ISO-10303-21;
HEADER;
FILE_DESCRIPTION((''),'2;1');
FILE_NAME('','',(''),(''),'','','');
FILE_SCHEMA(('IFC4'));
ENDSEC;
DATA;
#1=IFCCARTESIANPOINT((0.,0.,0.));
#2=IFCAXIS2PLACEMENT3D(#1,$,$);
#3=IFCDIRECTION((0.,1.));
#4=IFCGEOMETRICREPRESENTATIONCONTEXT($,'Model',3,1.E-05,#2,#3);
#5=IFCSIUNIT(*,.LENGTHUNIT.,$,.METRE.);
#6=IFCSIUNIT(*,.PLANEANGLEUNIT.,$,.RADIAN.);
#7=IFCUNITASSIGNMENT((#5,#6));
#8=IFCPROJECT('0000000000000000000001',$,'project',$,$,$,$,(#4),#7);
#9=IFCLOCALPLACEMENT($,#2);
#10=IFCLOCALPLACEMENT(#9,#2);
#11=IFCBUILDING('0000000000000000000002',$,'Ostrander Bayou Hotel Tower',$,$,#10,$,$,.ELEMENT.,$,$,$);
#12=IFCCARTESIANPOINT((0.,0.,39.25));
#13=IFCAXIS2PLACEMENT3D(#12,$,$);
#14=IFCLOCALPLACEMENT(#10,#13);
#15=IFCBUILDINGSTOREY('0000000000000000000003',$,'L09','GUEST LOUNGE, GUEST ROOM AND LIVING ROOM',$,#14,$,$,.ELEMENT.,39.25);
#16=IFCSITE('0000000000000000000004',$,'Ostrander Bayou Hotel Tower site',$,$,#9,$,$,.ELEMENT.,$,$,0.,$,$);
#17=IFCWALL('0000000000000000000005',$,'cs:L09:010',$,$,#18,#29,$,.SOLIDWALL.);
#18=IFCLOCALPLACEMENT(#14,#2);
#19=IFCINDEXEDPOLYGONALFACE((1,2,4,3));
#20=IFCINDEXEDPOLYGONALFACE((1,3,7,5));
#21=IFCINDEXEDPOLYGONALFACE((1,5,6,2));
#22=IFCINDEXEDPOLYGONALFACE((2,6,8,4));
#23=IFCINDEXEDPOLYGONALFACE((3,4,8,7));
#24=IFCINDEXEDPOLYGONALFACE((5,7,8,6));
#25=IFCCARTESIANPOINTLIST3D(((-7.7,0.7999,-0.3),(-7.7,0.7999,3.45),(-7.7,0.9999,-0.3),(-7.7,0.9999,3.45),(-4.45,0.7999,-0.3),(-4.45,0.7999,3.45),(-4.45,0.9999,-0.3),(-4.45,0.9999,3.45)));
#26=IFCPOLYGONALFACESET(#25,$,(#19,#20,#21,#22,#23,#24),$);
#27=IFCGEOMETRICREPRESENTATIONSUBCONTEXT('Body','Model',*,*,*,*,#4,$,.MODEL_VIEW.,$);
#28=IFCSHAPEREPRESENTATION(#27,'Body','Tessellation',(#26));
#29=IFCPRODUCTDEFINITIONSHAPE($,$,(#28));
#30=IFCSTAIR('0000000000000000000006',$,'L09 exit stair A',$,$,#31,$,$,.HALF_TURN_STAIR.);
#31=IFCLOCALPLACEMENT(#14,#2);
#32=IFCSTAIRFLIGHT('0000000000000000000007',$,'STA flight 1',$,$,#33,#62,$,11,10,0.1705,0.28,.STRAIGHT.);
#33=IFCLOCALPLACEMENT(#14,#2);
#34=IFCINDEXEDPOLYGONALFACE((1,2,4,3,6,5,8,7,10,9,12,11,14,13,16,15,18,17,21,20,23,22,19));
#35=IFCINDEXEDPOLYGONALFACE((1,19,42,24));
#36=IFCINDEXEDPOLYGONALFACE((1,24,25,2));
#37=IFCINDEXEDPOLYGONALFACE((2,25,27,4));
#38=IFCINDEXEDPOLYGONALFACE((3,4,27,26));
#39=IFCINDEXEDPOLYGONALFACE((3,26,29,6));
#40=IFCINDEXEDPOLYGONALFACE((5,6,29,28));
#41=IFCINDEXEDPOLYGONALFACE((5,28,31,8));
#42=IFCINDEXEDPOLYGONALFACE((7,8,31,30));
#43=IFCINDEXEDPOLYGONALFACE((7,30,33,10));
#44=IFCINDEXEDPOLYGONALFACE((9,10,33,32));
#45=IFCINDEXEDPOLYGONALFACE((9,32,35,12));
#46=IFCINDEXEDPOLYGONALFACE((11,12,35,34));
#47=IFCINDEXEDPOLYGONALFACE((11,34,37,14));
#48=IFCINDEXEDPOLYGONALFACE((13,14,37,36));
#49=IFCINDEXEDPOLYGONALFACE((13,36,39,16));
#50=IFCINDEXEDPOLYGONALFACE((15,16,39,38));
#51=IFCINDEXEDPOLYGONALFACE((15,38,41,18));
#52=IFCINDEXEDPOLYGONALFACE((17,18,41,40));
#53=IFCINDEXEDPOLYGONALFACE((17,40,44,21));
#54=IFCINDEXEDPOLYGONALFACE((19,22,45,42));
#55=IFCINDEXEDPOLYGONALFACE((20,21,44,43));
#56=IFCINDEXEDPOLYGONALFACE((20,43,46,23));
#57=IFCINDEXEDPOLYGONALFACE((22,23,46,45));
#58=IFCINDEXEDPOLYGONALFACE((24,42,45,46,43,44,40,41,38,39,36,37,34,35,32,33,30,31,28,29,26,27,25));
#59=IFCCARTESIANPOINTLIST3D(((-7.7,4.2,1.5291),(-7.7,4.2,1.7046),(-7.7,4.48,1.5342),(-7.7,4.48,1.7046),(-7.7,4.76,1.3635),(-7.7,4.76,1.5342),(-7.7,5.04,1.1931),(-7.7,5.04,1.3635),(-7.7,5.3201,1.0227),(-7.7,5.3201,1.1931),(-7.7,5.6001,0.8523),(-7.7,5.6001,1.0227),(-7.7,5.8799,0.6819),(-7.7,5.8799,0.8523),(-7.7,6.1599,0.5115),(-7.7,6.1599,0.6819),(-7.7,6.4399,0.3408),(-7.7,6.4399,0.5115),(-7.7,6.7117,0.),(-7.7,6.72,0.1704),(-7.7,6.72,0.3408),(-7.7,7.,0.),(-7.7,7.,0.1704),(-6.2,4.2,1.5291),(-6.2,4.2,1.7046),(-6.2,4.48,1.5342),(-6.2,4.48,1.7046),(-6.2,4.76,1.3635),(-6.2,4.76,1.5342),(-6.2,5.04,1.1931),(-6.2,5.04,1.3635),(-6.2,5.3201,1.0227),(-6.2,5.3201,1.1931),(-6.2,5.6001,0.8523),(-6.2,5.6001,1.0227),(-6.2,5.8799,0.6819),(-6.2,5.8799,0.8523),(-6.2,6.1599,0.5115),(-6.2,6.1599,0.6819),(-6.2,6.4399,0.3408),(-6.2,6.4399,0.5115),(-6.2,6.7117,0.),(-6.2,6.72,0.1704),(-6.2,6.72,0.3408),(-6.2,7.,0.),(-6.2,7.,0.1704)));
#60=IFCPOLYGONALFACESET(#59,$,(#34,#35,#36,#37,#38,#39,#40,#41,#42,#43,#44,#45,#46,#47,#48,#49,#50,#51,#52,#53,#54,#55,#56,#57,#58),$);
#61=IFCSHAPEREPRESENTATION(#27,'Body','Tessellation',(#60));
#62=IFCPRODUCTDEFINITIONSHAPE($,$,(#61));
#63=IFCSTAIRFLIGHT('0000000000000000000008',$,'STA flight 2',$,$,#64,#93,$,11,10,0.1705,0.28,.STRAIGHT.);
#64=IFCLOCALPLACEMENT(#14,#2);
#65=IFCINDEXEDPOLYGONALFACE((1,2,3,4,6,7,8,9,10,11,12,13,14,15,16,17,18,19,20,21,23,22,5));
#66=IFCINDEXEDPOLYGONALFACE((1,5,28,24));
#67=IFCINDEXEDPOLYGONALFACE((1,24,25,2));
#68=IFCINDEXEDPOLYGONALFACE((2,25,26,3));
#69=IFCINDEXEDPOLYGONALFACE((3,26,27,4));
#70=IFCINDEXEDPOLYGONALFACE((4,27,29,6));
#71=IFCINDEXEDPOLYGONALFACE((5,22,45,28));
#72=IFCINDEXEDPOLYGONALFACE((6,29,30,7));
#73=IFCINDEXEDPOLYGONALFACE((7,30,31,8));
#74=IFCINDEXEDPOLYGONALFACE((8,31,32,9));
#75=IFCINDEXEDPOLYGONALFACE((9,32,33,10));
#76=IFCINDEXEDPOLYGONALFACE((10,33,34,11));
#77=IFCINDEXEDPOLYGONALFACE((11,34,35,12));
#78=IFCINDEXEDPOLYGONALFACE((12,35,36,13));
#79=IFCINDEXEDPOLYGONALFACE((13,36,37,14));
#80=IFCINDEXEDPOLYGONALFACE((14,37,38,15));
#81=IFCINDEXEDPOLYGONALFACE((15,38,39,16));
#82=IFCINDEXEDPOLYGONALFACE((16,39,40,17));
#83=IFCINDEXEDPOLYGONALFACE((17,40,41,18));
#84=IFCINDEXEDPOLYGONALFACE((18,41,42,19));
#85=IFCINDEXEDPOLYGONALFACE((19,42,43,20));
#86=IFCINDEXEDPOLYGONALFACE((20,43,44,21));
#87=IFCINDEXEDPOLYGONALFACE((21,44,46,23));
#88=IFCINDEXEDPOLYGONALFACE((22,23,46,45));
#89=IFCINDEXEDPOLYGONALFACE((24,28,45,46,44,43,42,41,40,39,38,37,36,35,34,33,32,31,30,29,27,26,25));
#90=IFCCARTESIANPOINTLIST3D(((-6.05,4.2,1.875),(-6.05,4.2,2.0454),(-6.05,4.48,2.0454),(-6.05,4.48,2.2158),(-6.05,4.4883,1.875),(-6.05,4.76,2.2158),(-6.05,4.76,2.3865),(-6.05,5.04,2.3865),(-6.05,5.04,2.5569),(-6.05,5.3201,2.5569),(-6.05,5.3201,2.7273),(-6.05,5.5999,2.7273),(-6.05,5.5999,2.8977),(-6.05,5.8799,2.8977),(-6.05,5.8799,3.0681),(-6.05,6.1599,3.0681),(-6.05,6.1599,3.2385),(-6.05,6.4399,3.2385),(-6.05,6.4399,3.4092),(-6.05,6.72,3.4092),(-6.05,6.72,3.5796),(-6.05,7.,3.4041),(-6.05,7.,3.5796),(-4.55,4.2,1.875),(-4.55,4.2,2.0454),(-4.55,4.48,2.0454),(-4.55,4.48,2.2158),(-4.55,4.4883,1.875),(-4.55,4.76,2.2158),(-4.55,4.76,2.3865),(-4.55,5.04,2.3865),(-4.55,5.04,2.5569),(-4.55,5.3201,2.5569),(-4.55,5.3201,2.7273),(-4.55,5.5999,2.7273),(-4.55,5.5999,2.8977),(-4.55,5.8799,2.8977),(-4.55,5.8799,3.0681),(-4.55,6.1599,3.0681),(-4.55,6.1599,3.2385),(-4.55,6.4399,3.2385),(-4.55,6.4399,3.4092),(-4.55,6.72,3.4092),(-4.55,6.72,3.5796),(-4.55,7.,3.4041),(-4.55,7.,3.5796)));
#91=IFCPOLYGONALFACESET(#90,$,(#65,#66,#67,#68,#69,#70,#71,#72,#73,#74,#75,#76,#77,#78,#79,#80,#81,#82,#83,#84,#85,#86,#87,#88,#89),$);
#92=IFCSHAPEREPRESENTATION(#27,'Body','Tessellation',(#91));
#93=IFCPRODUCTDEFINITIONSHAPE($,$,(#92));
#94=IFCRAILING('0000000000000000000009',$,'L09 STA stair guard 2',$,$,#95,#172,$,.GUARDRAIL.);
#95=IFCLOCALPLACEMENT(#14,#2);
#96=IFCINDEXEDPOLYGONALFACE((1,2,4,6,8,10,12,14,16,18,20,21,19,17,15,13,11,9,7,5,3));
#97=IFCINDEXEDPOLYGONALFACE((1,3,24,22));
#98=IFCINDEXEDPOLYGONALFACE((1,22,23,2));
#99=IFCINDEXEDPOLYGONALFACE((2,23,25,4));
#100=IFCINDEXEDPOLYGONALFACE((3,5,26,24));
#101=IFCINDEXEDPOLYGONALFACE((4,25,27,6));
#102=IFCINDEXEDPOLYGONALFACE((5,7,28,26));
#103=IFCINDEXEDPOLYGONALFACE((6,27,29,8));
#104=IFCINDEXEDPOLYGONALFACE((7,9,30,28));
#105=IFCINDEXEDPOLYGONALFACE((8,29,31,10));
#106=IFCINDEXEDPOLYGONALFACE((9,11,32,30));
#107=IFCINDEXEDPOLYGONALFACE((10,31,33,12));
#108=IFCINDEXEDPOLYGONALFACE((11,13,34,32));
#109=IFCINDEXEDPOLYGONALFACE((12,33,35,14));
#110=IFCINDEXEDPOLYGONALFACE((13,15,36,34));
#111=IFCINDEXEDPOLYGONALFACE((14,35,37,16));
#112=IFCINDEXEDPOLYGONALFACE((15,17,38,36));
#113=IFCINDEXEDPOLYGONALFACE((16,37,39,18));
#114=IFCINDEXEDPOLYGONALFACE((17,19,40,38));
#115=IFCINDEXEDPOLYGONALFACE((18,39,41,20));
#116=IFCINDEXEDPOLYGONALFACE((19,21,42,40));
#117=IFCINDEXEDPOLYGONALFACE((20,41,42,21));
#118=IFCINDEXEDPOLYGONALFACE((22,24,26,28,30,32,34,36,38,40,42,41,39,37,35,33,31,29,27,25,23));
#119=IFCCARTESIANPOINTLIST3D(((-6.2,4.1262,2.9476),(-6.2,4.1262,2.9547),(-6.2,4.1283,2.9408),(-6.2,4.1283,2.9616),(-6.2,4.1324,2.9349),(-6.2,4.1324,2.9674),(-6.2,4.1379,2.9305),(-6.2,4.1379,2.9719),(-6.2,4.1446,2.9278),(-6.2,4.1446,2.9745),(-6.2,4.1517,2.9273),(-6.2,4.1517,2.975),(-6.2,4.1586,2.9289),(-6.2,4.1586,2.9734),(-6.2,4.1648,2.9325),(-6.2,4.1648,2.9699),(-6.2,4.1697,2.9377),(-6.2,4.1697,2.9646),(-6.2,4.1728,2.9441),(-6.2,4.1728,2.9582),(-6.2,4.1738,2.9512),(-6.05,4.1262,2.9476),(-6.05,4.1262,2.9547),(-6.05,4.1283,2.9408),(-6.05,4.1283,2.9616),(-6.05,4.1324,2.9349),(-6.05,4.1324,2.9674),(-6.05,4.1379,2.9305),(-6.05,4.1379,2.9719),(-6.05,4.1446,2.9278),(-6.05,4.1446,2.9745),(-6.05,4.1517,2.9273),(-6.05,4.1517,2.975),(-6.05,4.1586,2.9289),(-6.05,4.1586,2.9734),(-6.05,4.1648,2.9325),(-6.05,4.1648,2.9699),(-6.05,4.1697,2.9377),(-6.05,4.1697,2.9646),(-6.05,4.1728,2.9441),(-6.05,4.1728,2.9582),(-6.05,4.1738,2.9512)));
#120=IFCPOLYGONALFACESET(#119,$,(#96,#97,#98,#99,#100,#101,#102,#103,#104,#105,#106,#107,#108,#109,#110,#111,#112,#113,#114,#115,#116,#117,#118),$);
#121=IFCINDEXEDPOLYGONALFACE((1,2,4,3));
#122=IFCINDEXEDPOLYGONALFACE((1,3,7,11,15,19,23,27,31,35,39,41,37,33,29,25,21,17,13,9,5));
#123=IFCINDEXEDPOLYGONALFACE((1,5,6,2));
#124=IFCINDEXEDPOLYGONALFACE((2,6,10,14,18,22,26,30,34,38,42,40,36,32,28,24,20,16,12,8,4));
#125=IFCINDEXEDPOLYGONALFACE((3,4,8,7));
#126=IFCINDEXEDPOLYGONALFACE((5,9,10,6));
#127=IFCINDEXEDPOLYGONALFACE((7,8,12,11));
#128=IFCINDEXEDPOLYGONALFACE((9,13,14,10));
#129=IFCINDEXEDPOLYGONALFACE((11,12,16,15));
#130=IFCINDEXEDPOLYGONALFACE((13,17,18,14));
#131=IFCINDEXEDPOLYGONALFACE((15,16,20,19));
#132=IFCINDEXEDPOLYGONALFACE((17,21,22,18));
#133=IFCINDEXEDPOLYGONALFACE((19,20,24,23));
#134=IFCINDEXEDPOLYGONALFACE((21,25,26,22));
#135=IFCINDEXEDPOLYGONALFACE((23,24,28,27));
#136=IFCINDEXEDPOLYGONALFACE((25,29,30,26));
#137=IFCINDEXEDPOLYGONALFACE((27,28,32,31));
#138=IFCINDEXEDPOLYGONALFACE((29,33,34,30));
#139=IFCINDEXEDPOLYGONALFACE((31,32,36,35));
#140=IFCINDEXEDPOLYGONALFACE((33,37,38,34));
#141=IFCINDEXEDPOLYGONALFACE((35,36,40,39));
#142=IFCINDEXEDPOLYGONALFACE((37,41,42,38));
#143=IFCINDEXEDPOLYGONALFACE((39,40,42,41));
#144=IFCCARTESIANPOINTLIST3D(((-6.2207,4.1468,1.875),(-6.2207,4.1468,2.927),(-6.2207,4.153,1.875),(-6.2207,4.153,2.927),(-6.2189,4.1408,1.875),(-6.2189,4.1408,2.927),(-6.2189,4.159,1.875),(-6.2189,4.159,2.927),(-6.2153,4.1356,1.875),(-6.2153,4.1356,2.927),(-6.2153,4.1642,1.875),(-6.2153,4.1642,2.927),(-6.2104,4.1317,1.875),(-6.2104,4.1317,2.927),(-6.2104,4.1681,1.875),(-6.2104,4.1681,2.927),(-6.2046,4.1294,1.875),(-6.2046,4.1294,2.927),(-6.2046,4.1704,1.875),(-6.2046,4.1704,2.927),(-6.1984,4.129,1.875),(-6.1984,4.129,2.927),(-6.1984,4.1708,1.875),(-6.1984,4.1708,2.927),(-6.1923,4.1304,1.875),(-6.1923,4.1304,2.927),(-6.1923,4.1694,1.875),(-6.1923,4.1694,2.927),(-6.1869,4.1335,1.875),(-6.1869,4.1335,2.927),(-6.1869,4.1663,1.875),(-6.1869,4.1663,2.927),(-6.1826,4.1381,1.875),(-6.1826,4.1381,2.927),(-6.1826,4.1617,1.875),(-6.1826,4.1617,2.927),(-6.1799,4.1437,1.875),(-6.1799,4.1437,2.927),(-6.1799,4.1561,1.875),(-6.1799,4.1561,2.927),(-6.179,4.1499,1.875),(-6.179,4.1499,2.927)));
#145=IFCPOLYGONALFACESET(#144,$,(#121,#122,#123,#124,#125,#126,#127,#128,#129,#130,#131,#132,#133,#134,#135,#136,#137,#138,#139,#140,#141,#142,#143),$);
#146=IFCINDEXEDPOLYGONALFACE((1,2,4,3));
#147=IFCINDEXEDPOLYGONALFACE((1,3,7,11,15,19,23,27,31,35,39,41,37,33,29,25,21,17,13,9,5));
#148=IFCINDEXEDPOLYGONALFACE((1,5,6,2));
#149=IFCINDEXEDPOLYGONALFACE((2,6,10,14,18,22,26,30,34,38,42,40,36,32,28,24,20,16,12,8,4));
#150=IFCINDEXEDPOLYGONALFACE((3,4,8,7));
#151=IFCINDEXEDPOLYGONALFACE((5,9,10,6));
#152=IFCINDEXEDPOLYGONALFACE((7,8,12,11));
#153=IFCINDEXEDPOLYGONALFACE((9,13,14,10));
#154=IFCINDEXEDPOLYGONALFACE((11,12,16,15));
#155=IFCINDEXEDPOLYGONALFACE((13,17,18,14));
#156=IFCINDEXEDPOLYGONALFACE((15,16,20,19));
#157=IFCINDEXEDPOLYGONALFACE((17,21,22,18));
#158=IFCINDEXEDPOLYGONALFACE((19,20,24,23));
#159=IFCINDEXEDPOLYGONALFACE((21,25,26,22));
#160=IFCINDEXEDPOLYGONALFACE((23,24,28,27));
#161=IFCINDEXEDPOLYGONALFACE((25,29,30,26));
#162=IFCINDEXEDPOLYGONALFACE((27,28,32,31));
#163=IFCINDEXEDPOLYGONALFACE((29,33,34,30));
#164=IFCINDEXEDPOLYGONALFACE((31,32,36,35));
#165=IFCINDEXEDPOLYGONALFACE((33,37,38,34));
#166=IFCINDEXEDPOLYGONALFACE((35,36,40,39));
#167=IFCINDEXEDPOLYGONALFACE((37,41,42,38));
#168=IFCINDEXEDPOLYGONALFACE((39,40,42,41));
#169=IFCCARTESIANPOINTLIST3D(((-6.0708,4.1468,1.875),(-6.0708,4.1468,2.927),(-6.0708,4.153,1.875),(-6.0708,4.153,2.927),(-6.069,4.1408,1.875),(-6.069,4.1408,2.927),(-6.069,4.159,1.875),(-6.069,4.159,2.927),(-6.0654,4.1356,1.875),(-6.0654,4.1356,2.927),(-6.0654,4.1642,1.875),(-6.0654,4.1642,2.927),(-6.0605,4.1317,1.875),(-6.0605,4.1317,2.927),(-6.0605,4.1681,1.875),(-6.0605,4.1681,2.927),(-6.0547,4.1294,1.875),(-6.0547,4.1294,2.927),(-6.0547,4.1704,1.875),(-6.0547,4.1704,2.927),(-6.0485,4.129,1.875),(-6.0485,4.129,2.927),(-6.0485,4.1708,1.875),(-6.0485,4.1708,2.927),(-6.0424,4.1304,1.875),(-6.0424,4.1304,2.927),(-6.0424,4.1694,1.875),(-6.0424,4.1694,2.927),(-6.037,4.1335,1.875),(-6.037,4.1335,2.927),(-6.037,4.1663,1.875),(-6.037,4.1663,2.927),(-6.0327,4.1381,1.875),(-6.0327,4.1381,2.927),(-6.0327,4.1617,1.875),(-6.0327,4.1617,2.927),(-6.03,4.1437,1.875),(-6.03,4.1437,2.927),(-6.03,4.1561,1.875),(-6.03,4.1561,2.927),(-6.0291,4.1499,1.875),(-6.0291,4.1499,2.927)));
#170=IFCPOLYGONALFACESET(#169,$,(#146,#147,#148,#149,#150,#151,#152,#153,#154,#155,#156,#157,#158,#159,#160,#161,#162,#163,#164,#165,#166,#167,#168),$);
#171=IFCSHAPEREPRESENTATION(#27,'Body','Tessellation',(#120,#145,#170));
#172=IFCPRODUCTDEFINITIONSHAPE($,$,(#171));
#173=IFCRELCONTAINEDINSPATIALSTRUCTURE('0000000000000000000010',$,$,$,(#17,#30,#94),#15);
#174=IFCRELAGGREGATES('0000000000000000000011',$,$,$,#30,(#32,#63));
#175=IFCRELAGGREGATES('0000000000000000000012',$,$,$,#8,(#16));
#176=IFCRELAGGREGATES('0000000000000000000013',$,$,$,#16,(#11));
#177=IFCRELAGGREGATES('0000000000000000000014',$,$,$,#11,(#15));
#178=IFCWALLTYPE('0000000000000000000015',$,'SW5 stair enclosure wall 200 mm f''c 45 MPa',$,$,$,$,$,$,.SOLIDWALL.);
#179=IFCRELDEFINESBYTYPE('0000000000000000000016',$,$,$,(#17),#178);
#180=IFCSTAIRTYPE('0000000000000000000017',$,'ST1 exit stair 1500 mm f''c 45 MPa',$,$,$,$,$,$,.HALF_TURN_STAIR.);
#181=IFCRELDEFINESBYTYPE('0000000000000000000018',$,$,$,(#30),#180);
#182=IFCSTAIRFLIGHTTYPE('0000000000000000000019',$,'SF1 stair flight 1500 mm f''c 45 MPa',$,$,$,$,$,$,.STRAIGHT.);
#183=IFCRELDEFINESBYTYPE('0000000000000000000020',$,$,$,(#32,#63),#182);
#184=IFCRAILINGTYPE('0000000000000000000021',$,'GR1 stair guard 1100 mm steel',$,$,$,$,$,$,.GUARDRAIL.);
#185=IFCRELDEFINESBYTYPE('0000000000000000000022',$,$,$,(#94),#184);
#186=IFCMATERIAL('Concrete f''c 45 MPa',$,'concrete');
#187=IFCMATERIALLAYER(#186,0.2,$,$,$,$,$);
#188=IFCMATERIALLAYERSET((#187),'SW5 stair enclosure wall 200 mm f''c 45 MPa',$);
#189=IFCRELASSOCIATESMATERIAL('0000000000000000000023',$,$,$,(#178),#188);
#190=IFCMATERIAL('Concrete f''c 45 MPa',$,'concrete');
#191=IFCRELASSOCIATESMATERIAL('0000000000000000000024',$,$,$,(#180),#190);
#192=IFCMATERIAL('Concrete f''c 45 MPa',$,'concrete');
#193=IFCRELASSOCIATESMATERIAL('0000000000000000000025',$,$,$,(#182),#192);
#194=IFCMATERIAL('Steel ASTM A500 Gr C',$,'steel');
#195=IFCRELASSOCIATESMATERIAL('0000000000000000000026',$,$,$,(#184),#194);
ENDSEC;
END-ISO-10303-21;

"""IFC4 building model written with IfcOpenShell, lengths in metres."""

from ifc_helpers import new_model, si_unit, direction, frame, frame_2d, origin, origin_2d, place, context, subcontext, project, spatial, polyline, rectangle, circle, outline, extrude, material, layer, layer_set, type_object, element, aggregate, save


model = new_model("IFC4")

# Units and contexts
model_context = context("Model", 3, precision=1e-05, world=origin(), true_north=direction((0.0, 1.0)))
body_context = subcontext(model_context, "Body", "Model", "MODEL_VIEW")
ifc_project = project(units=[si_unit("LENGTHUNIT", "METRE"), si_unit("PLANEANGLEUNIT", "RADIAN")], contexts=[model_context])

# Site, building, storey
site_placement = place(None, origin())
site = spatial("IfcSite", under=ifc_project, at=site_placement, Name="Ostrander Bayou Hotel Tower site", CompositionType="ELEMENT", RefElevation=0.0)
building_placement = place(site_placement, origin())
building = spatial("IfcBuilding", under=site, at=building_placement, Name="Ostrander Bayou Hotel Tower", CompositionType="ELEMENT")
storey_placement = place(building_placement, frame((0.0, 0.0, 39.25)))
storey = spatial("IfcBuildingStorey", under=building, at=storey_placement, Name="L09", Description="GUEST LOUNGE, GUEST ROOM AND LIVING ROOM", CompositionType="ELEMENT", Elevation=39.25)

# Wall
ifc_material_1 = material(Name="Concrete f'c 45 MPa", Category="concrete")
ifc_layer_1 = layer(ifc_material_1, 0.2)
ifc_layer_set_1 = layer_set([ifc_layer_1], Name="SW5 stair enclosure wall 200 mm f'c 45 MPa")
wall_type_1 = type_object("IfcWallType", Name="SW5 stair enclosure wall 200 mm f'c 45 MPa", PredefinedType="SOLIDWALL", material=ifc_layer_set_1)
wall_1_placement = place(storey_placement, frame((-7.7, 0.8999, -0.3), z_axis=(0.0, 0.0, 1.0), x_axis=(1.0, 0.0, 0.0)))
element("IfcWall", 1, at=wall_1_placement, inside=storey, type_object=wall_type_1, Name="cs:L09:010", PredefinedType="SOLIDWALL", context=body_context, shape_type="SweptSolid", body=[
    extrude(rectangle(XDim=3.25, YDim=0.2, at=frame_2d((1.625, 0.0))), origin(), (0.0, 0.0, 1.0), 3.75),
])

# Stair, stair flights
ifc_material_2 = material(Name="Concrete f'c 45 MPa", Category="concrete")
stair_type = type_object("IfcStairType", Name="ST1 exit stair 1500 mm f'c 45 MPa", PredefinedType="HALF_TURN_STAIR", material=ifc_material_2)
stair_placement = place(storey_placement, origin())
stair = element("IfcStair", 2, at=stair_placement, inside=storey, type_object=stair_type, Name="L09 exit stair A", PredefinedType="HALF_TURN_STAIR")
ifc_material_3 = material(Name="Concrete f'c 45 MPa", Category="concrete")
stair_flight_type = type_object("IfcStairFlightType", Name="SF1 stair flight 1500 mm f'c 45 MPa", PredefinedType="STRAIGHT", material=ifc_material_3)
stair_flight_1_placement = place(storey_placement, frame((-6.95, 7.0, 0.0), z_axis=(0.0, 0.0, 1.0), x_axis=(0.0, -1.0, 0.0)))
stair_flight_1 = element("IfcStairFlight", 3, at=stair_flight_1_placement, type_object=stair_flight_type, Name="STA flight 1", NumberOfRisers=11, NumberOfTreads=10, PredefinedType="STRAIGHT", RiserHeight=0.1705, TreadLength=0.28, context=body_context, shape_type="SweptSolid", body=[
    extrude(outline(polyline([(0.0, 0.0), (0.0, 0.1704), (0.28, 0.1704), (0.28, 0.3408), (0.5601, 0.3408), (0.5601, 0.5115), (0.8401, 0.5115), (0.8401, 0.6819), (1.1201, 0.6819), (1.1201, 0.8523), (1.3999, 0.8523), (1.3999, 1.0227), (1.6799, 1.0227), (1.6799, 1.1931), (1.96, 1.1931), (1.96, 1.3635), (2.24, 1.3635), (2.24, 1.5342), (2.52, 1.5342), (2.52, 1.7046), (2.8, 1.7046), (2.8, 1.875), (2.8, 1.5291), (0.2883, 0.0), (0.0, 0.0)])), frame((0.0, 0.75, 0.0), z_axis=(0.0, -1.0, 0.0), x_axis=(1.0, 0.0, 0.0)), (0.0, 0.0, 1.0), 1.5),
])
stair_flight_2_placement = place(storey_placement, frame((-5.3, 4.2, 1.875), z_axis=(0.0, 0.0, 1.0), x_axis=(0.0, 1.0, 0.0)))
stair_flight_2 = element("IfcStairFlight", 4, at=stair_flight_2_placement, type_object=stair_flight_type, Name="STA flight 2", NumberOfRisers=11, NumberOfTreads=10, PredefinedType="STRAIGHT", RiserHeight=0.1705, TreadLength=0.28, context=body_context, shape_type="SweptSolid", body=[
    extrude(outline(polyline([(0.0, 0.0), (0.0, 0.1704), (0.28, 0.1704), (0.28, 0.3408), (0.5601, 0.3408), (0.5601, 0.5115), (0.8401, 0.5115), (0.8401, 0.6819), (1.1201, 0.6819), (1.1201, 0.8523), (1.3999, 0.8523), (1.3999, 1.0227), (1.6799, 1.0227), (1.6799, 1.1931), (1.96, 1.1931), (1.96, 1.3635), (2.24, 1.3635), (2.24, 1.5342), (2.52, 1.5342), (2.52, 1.7046), (2.8, 1.7046), (2.8, 1.875), (2.8, 1.5291), (0.2883, 0.0), (0.0, 0.0)])), frame((0.0, 0.75, 0.0), z_axis=(0.0, -1.0, 0.0), x_axis=(1.0, 0.0, 0.0)), (0.0, 0.0, 1.0), 1.5),
])
aggregate(stair, [stair_flight_1, stair_flight_2])

# Railing
ifc_material_4 = material(Name="Steel ASTM A500 Gr C", Category="steel")
railing_type_1 = type_object("IfcRailingType", Name="GR1 stair guard 1100 mm steel", PredefinedType="GUARDRAIL", material=ifc_material_4)
railing_1_placement = place(storey_placement, frame((-6.2, 4.1499, 1.875)))
element("IfcRailing", 5, at=railing_1_placement, inside=storey, type_object=railing_type_1, Name="L09 STA stair guard 2", PredefinedType="GUARDRAIL", context=body_context, shape_type="SweptSolid", body=[
    extrude(circle(Radius=0.0239, at=origin_2d()), frame((0.0, 0.0, 1.0762), z_axis=(1.0, 0.0, 0.0), x_axis=(0.0, 1.0, 0.0)), (0.0, 0.0, 1.0), 0.1499),
    extrude(circle(Radius=0.021, at=origin_2d()), origin(), (0.0, 0.0, 1.0), 1.052),
    extrude(circle(Radius=0.021, at=origin_2d()), frame((0.1499, 0.0, 0.0)), (0.0, 0.0, 1.0), 1.052),
])

save(model, "model.ifc")
